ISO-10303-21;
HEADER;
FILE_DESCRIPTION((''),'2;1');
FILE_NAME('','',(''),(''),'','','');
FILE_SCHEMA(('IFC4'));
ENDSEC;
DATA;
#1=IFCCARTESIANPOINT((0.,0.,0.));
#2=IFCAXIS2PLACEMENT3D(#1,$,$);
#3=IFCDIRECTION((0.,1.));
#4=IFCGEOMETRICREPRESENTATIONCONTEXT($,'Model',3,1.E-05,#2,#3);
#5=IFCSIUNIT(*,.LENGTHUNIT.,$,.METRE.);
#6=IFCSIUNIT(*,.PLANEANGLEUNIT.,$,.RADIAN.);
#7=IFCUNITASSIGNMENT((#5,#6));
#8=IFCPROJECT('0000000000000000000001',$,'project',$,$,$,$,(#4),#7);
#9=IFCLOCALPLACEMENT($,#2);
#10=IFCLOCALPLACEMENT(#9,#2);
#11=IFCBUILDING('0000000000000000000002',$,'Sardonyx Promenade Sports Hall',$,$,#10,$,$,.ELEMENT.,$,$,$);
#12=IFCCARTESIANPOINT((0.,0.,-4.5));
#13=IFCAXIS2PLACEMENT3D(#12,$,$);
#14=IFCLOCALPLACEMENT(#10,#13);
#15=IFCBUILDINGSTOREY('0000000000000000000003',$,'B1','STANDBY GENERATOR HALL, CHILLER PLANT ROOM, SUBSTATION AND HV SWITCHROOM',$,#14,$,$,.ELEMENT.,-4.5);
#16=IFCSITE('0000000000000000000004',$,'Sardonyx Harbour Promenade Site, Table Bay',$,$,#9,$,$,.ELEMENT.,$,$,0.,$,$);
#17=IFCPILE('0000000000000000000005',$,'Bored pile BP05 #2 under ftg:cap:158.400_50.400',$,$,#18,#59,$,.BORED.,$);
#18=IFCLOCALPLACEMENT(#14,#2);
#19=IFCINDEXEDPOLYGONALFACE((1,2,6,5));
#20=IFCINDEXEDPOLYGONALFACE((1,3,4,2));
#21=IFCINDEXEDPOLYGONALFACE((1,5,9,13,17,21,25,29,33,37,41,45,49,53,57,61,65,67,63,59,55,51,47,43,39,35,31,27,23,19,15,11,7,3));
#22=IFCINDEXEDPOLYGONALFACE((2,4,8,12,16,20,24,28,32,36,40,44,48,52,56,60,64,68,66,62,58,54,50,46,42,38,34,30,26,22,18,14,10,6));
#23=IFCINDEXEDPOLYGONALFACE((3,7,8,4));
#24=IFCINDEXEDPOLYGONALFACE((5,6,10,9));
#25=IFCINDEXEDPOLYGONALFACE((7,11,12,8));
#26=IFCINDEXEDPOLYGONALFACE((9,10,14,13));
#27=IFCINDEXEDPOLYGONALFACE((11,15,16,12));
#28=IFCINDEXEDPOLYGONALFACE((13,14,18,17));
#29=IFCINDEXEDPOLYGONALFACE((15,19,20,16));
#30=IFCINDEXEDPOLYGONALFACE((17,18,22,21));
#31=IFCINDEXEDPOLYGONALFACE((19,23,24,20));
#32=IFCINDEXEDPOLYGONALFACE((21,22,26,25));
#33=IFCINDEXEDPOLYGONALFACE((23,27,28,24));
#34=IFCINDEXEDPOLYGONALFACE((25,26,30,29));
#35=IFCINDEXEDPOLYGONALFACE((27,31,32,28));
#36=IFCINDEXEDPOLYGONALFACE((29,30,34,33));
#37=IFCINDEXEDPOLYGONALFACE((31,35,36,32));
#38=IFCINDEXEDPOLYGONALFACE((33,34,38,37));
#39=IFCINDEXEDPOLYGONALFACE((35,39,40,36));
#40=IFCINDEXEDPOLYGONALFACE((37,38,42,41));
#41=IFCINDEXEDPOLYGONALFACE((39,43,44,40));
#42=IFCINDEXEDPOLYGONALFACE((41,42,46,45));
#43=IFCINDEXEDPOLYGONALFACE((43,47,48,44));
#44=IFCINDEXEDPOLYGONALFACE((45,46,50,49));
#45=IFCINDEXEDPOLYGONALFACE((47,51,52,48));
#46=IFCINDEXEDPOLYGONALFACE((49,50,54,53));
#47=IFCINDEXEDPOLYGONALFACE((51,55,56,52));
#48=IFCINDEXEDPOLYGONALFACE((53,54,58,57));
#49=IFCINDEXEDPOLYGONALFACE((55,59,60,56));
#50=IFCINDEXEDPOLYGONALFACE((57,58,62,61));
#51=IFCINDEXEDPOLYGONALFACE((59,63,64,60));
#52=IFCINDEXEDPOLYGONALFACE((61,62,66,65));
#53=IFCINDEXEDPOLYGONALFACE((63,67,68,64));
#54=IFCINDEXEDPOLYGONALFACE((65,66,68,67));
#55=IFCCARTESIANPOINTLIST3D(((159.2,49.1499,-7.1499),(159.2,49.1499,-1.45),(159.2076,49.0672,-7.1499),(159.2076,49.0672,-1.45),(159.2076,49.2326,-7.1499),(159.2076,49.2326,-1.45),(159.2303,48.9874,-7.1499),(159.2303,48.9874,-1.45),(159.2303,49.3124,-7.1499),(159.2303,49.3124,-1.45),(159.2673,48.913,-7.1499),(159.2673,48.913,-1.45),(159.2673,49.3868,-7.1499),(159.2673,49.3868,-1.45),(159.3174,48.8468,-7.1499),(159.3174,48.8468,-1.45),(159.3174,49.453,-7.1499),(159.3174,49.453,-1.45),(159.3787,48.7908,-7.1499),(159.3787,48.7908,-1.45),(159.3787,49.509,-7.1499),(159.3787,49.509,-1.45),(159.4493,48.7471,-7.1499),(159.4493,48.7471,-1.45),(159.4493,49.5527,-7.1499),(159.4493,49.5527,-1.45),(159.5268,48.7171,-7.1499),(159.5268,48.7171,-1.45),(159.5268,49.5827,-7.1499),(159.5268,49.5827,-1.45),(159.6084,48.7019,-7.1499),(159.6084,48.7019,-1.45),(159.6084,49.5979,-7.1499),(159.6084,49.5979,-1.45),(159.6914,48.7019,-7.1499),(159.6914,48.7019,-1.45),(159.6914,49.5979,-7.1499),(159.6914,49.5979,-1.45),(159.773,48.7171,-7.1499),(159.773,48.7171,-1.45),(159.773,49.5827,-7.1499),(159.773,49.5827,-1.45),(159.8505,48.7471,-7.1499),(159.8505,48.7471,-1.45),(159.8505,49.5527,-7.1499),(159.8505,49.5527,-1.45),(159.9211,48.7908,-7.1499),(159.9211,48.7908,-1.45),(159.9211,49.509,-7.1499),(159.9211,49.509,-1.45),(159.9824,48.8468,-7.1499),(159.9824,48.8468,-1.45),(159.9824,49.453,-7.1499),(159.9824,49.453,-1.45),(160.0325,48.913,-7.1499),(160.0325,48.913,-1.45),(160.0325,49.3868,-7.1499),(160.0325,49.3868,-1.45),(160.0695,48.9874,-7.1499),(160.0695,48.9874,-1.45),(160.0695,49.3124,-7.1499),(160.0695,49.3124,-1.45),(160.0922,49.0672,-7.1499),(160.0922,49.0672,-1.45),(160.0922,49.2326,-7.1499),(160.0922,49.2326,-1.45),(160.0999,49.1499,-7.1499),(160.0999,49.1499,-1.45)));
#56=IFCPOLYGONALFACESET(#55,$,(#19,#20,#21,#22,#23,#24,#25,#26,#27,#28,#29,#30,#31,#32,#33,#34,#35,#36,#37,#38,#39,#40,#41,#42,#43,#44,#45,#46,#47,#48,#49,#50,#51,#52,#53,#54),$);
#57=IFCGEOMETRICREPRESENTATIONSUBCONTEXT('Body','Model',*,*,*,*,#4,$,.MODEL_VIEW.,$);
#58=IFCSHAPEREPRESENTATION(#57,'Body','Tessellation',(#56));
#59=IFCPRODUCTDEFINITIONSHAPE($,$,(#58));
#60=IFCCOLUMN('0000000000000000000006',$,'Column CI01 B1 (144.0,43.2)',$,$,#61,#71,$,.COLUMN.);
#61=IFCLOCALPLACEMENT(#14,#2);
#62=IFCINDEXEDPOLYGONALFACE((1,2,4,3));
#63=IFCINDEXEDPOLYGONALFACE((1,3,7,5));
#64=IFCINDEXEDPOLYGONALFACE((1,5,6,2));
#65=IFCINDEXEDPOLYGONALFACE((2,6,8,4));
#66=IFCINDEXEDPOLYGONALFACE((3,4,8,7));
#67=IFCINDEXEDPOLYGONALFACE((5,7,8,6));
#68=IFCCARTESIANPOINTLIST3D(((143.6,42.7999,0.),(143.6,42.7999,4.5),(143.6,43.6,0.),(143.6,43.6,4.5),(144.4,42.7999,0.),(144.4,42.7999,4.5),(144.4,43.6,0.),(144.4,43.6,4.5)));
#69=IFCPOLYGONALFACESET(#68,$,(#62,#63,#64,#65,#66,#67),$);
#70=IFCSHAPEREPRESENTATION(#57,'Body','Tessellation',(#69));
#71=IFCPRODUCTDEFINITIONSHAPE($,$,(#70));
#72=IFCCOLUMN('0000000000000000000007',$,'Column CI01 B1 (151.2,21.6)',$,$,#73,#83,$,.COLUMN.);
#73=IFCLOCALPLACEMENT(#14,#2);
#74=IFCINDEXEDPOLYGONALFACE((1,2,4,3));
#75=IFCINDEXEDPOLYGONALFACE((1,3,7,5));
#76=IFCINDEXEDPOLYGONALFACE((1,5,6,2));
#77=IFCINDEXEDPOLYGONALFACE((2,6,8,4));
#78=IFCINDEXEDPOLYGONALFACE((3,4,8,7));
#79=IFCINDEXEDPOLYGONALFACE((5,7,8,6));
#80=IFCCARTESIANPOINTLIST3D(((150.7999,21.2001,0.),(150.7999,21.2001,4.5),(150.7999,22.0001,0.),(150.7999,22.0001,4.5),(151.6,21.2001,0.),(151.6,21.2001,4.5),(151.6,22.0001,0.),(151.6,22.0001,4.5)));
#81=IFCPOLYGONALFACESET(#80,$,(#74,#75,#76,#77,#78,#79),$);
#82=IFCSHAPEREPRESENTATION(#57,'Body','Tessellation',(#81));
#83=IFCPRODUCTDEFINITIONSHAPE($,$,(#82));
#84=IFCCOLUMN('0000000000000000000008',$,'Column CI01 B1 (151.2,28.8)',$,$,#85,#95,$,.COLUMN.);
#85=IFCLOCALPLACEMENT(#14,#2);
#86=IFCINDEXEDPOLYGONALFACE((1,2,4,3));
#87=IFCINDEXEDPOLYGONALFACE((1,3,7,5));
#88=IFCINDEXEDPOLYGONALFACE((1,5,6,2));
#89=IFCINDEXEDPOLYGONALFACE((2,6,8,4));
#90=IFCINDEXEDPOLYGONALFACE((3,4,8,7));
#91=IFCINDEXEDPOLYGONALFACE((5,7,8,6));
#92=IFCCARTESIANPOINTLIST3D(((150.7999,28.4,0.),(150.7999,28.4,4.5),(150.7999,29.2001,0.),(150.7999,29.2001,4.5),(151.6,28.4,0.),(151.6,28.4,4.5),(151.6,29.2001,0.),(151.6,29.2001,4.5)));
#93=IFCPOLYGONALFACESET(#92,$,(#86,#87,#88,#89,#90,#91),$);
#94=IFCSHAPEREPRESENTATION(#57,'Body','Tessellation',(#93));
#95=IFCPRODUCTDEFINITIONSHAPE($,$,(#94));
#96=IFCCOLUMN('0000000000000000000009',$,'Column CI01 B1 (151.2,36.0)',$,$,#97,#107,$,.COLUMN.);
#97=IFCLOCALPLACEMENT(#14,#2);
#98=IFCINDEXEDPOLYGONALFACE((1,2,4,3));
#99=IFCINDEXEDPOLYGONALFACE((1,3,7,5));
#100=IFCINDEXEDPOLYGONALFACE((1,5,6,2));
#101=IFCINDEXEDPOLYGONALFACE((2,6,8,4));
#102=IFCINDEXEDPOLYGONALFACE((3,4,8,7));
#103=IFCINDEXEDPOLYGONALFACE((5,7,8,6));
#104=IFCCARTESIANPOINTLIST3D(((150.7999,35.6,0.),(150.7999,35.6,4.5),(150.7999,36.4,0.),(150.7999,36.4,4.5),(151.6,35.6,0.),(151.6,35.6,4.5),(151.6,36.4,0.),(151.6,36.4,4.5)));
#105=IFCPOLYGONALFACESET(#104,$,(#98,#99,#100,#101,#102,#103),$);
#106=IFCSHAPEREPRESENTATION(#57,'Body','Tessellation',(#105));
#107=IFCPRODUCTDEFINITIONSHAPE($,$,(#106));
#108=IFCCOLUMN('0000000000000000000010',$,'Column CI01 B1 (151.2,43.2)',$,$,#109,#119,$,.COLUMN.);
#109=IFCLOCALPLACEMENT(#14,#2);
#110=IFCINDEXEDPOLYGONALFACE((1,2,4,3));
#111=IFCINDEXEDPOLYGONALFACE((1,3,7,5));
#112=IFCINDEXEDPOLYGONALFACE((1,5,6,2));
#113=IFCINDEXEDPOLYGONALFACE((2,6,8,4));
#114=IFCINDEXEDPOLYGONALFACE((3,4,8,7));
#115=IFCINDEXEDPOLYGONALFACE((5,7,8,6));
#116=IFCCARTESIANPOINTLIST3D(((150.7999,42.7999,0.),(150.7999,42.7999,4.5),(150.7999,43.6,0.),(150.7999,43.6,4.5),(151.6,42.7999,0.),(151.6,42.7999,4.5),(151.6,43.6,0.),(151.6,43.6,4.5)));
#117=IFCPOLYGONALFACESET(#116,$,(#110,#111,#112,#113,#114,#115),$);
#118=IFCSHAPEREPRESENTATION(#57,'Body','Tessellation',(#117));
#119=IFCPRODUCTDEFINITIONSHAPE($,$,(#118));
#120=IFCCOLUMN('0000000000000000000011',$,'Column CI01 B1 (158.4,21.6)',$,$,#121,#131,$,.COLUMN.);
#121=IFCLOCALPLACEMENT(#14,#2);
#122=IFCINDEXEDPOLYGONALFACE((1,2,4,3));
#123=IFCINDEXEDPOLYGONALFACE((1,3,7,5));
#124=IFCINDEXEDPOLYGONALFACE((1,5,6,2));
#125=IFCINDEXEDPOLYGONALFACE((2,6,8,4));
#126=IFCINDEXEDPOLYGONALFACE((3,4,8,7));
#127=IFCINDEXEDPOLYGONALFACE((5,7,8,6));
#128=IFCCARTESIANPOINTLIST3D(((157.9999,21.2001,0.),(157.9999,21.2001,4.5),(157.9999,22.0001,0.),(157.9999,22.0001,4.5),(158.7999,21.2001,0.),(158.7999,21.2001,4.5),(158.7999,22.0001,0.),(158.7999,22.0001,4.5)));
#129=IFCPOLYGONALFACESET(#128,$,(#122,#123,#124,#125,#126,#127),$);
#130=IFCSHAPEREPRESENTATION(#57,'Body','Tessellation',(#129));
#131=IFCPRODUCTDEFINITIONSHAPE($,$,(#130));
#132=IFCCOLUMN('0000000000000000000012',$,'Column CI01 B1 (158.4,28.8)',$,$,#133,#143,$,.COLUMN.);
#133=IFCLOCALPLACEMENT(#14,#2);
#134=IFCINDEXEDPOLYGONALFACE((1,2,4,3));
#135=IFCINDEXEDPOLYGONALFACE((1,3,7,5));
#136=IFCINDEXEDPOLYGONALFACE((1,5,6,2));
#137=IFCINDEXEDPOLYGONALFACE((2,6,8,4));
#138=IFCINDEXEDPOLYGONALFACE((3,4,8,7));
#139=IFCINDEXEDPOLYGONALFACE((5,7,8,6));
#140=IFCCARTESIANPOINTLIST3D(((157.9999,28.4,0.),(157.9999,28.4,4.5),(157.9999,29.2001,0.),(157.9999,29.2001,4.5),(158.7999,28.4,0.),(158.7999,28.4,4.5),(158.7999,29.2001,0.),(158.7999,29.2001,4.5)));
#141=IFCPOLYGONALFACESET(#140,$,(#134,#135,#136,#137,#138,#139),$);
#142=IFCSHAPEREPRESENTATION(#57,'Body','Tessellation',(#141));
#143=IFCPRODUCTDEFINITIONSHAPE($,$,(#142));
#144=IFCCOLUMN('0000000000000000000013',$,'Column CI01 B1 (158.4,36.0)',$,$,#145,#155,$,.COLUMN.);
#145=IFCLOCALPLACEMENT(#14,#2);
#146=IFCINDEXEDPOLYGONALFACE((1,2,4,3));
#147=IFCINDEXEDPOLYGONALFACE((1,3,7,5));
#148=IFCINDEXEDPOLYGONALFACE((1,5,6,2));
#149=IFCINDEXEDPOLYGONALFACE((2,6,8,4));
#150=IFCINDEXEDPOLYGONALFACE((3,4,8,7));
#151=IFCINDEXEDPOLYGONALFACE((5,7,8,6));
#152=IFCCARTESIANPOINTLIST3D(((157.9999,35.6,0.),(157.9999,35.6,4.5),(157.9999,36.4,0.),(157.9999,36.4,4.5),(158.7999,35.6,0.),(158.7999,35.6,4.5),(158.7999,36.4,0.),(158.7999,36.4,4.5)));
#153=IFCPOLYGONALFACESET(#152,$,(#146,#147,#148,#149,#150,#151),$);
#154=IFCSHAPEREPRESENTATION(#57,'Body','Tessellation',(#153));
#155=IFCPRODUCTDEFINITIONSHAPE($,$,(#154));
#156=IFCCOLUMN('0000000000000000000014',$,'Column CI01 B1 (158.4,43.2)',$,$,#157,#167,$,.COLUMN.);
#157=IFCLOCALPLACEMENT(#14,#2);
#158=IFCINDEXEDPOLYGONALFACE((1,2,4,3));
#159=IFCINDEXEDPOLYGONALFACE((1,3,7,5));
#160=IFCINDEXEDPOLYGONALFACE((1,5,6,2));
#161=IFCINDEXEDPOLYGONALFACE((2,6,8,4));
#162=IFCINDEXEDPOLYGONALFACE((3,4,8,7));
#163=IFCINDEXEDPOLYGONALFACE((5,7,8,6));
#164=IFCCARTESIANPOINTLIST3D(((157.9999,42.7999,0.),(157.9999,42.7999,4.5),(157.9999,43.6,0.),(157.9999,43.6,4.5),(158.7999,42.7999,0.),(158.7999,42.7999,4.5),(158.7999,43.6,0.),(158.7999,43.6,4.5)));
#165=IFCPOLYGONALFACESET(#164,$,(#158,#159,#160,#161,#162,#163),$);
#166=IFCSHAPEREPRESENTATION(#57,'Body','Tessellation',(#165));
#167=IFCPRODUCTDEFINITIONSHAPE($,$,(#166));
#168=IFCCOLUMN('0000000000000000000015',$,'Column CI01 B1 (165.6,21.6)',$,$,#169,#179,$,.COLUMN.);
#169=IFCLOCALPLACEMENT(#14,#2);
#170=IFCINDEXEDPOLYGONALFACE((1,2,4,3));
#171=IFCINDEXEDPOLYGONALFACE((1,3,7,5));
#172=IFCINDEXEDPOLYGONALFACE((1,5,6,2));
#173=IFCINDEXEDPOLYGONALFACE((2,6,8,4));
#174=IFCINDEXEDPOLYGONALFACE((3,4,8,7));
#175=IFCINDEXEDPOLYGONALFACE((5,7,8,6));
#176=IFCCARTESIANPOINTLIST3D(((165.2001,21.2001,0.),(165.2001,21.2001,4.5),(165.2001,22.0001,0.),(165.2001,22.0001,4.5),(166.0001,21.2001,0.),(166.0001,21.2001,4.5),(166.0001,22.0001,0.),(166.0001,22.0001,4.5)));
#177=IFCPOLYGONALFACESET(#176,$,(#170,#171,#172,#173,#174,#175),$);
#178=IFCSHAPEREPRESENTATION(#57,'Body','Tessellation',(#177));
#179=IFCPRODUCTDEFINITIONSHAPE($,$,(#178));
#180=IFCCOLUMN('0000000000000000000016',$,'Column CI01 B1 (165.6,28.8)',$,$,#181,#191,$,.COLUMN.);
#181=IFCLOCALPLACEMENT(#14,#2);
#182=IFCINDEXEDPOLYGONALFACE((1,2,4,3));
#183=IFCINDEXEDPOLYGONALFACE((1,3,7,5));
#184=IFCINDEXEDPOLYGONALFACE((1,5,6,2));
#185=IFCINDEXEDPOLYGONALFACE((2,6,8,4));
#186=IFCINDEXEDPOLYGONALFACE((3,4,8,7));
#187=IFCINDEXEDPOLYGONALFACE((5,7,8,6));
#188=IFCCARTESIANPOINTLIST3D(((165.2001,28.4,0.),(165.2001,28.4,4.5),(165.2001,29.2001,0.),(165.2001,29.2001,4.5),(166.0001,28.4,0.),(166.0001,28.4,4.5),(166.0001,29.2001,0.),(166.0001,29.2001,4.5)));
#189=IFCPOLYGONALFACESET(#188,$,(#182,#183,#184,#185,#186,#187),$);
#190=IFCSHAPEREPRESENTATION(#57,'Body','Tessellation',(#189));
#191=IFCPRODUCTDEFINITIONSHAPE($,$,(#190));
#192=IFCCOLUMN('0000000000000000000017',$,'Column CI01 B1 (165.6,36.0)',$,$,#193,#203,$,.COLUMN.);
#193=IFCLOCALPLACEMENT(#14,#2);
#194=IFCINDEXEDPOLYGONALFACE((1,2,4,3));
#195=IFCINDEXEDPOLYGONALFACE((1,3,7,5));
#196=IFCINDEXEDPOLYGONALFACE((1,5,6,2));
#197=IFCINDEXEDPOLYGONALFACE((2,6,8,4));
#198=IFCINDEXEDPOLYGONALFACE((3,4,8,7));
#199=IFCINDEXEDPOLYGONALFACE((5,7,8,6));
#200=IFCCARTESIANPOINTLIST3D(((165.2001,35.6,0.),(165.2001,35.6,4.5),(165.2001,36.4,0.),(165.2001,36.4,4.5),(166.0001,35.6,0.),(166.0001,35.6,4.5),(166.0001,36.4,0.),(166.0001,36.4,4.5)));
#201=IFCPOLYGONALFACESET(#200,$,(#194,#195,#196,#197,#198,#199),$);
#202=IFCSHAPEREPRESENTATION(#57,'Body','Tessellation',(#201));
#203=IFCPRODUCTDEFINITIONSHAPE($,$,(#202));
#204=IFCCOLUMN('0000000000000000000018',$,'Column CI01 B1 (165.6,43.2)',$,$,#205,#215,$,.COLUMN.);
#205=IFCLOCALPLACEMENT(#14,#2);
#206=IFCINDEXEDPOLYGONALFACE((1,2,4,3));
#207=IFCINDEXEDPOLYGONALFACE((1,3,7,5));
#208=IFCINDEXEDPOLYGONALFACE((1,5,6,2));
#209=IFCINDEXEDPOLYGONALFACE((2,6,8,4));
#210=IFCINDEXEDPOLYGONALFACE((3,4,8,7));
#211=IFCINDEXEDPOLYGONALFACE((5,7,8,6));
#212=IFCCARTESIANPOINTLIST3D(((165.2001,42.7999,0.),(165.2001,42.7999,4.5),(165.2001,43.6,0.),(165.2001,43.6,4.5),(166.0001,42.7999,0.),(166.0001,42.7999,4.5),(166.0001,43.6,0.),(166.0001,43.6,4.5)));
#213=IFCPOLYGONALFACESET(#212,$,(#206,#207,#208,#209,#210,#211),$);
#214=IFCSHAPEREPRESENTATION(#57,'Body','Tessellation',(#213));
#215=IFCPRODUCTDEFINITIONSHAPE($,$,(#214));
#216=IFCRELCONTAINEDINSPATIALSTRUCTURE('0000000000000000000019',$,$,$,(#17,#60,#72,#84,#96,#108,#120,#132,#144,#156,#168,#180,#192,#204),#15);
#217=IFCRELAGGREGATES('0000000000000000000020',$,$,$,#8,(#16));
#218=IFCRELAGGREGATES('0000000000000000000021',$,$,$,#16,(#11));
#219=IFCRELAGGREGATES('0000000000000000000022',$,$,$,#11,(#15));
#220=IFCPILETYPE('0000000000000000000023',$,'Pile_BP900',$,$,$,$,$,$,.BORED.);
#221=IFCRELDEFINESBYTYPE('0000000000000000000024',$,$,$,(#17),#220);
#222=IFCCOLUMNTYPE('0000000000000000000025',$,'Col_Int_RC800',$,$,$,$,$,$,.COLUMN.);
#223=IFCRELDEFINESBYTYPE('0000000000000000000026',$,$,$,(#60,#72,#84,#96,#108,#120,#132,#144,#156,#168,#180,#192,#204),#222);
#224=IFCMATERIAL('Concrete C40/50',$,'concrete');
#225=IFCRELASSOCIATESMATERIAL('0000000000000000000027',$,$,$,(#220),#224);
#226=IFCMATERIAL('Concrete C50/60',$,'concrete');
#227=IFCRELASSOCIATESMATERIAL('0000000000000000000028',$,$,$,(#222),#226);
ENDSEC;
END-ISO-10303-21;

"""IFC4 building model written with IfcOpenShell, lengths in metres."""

from ifc_helpers import new_model, si_unit, direction, frame, origin, origin_2d, place, context, subcontext, project, spatial, rectangle, circle, extrude, material, material_profile, profile_set, type_object, element, save


model = new_model("IFC4")

# Units and contexts
model_context = context("Model", 3, precision=1e-05, world=origin(), true_north=direction((0.0, 1.0)))
body_context = subcontext(model_context, "Body", "Model", "MODEL_VIEW")
ifc_project = project(units=[si_unit("LENGTHUNIT", "METRE"), si_unit("PLANEANGLEUNIT", "RADIAN")], contexts=[model_context])

# Site, building, storey
site_placement = place(None, origin())
site = spatial("IfcSite", under=ifc_project, at=site_placement, Name="Sardonyx Harbour Promenade Site, Table Bay", CompositionType="ELEMENT", RefElevation=0.0)
building_placement = place(site_placement, origin())
building = spatial("IfcBuilding", under=site, at=building_placement, Name="Sardonyx Promenade Sports Hall", CompositionType="ELEMENT")
storey_placement = place(building_placement, frame((0.0, 0.0, -4.5)))
storey = spatial("IfcBuildingStorey", under=building, at=storey_placement, Name="B1", Description="STANDBY GENERATOR HALL, CHILLER PLANT ROOM, SUBSTATION AND HV SWITCHROOM", CompositionType="ELEMENT", Elevation=-4.5)

# Pile
ifc_material_1 = material(Name="Concrete C40/50", Category="concrete")
ifc_material_profile_1 = material_profile(ifc_material_1, circle(Radius=0.45, at=origin_2d()))
ifc_profile_set_1 = profile_set([ifc_material_profile_1], Name="Concrete C40/50")
pile_type = type_object("IfcPileType", Name="Pile_BP900", PredefinedType="BORED", material=ifc_profile_set_1)
for number, where, z_axis, x_axis, name in (
    (1, (159.6499, 49.1499, -1.45), (0.0, 0.0, -1.0), (1.0, 0.0, 0.0), "Bored pile BP05 #2 under ftg:cap:158.400_50.400"),
):
    element("IfcPile", number, at=place(storey_placement, frame(where, z_axis=z_axis, x_axis=x_axis)), inside=storey, type_object=pile_type, Name=name, PredefinedType="BORED", context=body_context, shape_type="SweptSolid", body=[
        extrude(circle(Radius=0.45, at=origin_2d()), origin(), (0.0, 0.0, 1.0), 5.7),
    ])

# Columns
ifc_material_2 = material(Name="Concrete C50/60", Category="concrete")
ifc_material_profile_2 = material_profile(ifc_material_2, rectangle(XDim=0.8, YDim=0.8, at=origin_2d()))
ifc_profile_set_2 = profile_set([ifc_material_profile_2], Name="Concrete C50/60")
column_type = type_object("IfcColumnType", Name="Col_Int_RC800", PredefinedType="COLUMN", material=ifc_profile_set_2)
for number, where, z_axis, x_axis, name in (
    (2, (144.0, 43.2, 0.0), (0.0, 0.0, 1.0), (1.0, 0.0, 0.0), "Column CI01 B1 (144.0,43.2)"),
    (3, (151.2, 21.6001, 0.0), (0.0, 0.0, 1.0), (1.0, 0.0, 0.0), "Column CI01 B1 (151.2,21.6)"),
    (4, (151.2, 28.8, 0.0), (0.0, 0.0, 1.0), (1.0, 0.0, 0.0), "Column CI01 B1 (151.2,28.8)"),
    (5, (151.2, 36.0, 0.0), (0.0, 0.0, 1.0), (1.0, 0.0, 0.0), "Column CI01 B1 (151.2,36.0)"),
    (6, (151.2, 43.2, 0.0), (0.0, 0.0, 1.0), (1.0, 0.0, 0.0), "Column CI01 B1 (151.2,43.2)"),
    (7, (158.3999, 21.6001, 0.0), (0.0, 0.0, 1.0), (1.0, 0.0, 0.0), "Column CI01 B1 (158.4,21.6)"),
    (8, (158.3999, 28.8, 0.0), (0.0, 0.0, 1.0), (1.0, 0.0, 0.0), "Column CI01 B1 (158.4,28.8)"),
    (9, (158.3999, 36.0, 0.0), (0.0, 0.0, 1.0), (1.0, 0.0, 0.0), "Column CI01 B1 (158.4,36.0)"),
    (10, (158.3999, 43.2, 0.0), (0.0, 0.0, 1.0), (1.0, 0.0, 0.0), "Column CI01 B1 (158.4,43.2)"),
    (11, (165.6001, 21.6001, 0.0), (0.0, 0.0, 1.0), (1.0, 0.0, 0.0), "Column CI01 B1 (165.6,21.6)"),
    (12, (165.6001, 28.8, 0.0), (0.0, 0.0, 1.0), (1.0, 0.0, 0.0), "Column CI01 B1 (165.6,28.8)"),
    (13, (165.6001, 36.0, 0.0), (0.0, 0.0, 1.0), (1.0, 0.0, 0.0), "Column CI01 B1 (165.6,36.0)"),
    (14, (165.6001, 43.2, 0.0), (0.0, 0.0, 1.0), (1.0, 0.0, 0.0), "Column CI01 B1 (165.6,43.2)"),
):
    element("IfcColumn", number, at=place(storey_placement, frame(where, z_axis=z_axis, x_axis=x_axis)), inside=storey, type_object=column_type, Name=name, PredefinedType="COLUMN", context=body_context, shape_type="SweptSolid", body=[
        extrude(rectangle(XDim=0.8, YDim=0.8, at=origin_2d()), origin(), (0.0, 0.0, 1.0), 4.5),
    ])

save(model, "model.ifc")
